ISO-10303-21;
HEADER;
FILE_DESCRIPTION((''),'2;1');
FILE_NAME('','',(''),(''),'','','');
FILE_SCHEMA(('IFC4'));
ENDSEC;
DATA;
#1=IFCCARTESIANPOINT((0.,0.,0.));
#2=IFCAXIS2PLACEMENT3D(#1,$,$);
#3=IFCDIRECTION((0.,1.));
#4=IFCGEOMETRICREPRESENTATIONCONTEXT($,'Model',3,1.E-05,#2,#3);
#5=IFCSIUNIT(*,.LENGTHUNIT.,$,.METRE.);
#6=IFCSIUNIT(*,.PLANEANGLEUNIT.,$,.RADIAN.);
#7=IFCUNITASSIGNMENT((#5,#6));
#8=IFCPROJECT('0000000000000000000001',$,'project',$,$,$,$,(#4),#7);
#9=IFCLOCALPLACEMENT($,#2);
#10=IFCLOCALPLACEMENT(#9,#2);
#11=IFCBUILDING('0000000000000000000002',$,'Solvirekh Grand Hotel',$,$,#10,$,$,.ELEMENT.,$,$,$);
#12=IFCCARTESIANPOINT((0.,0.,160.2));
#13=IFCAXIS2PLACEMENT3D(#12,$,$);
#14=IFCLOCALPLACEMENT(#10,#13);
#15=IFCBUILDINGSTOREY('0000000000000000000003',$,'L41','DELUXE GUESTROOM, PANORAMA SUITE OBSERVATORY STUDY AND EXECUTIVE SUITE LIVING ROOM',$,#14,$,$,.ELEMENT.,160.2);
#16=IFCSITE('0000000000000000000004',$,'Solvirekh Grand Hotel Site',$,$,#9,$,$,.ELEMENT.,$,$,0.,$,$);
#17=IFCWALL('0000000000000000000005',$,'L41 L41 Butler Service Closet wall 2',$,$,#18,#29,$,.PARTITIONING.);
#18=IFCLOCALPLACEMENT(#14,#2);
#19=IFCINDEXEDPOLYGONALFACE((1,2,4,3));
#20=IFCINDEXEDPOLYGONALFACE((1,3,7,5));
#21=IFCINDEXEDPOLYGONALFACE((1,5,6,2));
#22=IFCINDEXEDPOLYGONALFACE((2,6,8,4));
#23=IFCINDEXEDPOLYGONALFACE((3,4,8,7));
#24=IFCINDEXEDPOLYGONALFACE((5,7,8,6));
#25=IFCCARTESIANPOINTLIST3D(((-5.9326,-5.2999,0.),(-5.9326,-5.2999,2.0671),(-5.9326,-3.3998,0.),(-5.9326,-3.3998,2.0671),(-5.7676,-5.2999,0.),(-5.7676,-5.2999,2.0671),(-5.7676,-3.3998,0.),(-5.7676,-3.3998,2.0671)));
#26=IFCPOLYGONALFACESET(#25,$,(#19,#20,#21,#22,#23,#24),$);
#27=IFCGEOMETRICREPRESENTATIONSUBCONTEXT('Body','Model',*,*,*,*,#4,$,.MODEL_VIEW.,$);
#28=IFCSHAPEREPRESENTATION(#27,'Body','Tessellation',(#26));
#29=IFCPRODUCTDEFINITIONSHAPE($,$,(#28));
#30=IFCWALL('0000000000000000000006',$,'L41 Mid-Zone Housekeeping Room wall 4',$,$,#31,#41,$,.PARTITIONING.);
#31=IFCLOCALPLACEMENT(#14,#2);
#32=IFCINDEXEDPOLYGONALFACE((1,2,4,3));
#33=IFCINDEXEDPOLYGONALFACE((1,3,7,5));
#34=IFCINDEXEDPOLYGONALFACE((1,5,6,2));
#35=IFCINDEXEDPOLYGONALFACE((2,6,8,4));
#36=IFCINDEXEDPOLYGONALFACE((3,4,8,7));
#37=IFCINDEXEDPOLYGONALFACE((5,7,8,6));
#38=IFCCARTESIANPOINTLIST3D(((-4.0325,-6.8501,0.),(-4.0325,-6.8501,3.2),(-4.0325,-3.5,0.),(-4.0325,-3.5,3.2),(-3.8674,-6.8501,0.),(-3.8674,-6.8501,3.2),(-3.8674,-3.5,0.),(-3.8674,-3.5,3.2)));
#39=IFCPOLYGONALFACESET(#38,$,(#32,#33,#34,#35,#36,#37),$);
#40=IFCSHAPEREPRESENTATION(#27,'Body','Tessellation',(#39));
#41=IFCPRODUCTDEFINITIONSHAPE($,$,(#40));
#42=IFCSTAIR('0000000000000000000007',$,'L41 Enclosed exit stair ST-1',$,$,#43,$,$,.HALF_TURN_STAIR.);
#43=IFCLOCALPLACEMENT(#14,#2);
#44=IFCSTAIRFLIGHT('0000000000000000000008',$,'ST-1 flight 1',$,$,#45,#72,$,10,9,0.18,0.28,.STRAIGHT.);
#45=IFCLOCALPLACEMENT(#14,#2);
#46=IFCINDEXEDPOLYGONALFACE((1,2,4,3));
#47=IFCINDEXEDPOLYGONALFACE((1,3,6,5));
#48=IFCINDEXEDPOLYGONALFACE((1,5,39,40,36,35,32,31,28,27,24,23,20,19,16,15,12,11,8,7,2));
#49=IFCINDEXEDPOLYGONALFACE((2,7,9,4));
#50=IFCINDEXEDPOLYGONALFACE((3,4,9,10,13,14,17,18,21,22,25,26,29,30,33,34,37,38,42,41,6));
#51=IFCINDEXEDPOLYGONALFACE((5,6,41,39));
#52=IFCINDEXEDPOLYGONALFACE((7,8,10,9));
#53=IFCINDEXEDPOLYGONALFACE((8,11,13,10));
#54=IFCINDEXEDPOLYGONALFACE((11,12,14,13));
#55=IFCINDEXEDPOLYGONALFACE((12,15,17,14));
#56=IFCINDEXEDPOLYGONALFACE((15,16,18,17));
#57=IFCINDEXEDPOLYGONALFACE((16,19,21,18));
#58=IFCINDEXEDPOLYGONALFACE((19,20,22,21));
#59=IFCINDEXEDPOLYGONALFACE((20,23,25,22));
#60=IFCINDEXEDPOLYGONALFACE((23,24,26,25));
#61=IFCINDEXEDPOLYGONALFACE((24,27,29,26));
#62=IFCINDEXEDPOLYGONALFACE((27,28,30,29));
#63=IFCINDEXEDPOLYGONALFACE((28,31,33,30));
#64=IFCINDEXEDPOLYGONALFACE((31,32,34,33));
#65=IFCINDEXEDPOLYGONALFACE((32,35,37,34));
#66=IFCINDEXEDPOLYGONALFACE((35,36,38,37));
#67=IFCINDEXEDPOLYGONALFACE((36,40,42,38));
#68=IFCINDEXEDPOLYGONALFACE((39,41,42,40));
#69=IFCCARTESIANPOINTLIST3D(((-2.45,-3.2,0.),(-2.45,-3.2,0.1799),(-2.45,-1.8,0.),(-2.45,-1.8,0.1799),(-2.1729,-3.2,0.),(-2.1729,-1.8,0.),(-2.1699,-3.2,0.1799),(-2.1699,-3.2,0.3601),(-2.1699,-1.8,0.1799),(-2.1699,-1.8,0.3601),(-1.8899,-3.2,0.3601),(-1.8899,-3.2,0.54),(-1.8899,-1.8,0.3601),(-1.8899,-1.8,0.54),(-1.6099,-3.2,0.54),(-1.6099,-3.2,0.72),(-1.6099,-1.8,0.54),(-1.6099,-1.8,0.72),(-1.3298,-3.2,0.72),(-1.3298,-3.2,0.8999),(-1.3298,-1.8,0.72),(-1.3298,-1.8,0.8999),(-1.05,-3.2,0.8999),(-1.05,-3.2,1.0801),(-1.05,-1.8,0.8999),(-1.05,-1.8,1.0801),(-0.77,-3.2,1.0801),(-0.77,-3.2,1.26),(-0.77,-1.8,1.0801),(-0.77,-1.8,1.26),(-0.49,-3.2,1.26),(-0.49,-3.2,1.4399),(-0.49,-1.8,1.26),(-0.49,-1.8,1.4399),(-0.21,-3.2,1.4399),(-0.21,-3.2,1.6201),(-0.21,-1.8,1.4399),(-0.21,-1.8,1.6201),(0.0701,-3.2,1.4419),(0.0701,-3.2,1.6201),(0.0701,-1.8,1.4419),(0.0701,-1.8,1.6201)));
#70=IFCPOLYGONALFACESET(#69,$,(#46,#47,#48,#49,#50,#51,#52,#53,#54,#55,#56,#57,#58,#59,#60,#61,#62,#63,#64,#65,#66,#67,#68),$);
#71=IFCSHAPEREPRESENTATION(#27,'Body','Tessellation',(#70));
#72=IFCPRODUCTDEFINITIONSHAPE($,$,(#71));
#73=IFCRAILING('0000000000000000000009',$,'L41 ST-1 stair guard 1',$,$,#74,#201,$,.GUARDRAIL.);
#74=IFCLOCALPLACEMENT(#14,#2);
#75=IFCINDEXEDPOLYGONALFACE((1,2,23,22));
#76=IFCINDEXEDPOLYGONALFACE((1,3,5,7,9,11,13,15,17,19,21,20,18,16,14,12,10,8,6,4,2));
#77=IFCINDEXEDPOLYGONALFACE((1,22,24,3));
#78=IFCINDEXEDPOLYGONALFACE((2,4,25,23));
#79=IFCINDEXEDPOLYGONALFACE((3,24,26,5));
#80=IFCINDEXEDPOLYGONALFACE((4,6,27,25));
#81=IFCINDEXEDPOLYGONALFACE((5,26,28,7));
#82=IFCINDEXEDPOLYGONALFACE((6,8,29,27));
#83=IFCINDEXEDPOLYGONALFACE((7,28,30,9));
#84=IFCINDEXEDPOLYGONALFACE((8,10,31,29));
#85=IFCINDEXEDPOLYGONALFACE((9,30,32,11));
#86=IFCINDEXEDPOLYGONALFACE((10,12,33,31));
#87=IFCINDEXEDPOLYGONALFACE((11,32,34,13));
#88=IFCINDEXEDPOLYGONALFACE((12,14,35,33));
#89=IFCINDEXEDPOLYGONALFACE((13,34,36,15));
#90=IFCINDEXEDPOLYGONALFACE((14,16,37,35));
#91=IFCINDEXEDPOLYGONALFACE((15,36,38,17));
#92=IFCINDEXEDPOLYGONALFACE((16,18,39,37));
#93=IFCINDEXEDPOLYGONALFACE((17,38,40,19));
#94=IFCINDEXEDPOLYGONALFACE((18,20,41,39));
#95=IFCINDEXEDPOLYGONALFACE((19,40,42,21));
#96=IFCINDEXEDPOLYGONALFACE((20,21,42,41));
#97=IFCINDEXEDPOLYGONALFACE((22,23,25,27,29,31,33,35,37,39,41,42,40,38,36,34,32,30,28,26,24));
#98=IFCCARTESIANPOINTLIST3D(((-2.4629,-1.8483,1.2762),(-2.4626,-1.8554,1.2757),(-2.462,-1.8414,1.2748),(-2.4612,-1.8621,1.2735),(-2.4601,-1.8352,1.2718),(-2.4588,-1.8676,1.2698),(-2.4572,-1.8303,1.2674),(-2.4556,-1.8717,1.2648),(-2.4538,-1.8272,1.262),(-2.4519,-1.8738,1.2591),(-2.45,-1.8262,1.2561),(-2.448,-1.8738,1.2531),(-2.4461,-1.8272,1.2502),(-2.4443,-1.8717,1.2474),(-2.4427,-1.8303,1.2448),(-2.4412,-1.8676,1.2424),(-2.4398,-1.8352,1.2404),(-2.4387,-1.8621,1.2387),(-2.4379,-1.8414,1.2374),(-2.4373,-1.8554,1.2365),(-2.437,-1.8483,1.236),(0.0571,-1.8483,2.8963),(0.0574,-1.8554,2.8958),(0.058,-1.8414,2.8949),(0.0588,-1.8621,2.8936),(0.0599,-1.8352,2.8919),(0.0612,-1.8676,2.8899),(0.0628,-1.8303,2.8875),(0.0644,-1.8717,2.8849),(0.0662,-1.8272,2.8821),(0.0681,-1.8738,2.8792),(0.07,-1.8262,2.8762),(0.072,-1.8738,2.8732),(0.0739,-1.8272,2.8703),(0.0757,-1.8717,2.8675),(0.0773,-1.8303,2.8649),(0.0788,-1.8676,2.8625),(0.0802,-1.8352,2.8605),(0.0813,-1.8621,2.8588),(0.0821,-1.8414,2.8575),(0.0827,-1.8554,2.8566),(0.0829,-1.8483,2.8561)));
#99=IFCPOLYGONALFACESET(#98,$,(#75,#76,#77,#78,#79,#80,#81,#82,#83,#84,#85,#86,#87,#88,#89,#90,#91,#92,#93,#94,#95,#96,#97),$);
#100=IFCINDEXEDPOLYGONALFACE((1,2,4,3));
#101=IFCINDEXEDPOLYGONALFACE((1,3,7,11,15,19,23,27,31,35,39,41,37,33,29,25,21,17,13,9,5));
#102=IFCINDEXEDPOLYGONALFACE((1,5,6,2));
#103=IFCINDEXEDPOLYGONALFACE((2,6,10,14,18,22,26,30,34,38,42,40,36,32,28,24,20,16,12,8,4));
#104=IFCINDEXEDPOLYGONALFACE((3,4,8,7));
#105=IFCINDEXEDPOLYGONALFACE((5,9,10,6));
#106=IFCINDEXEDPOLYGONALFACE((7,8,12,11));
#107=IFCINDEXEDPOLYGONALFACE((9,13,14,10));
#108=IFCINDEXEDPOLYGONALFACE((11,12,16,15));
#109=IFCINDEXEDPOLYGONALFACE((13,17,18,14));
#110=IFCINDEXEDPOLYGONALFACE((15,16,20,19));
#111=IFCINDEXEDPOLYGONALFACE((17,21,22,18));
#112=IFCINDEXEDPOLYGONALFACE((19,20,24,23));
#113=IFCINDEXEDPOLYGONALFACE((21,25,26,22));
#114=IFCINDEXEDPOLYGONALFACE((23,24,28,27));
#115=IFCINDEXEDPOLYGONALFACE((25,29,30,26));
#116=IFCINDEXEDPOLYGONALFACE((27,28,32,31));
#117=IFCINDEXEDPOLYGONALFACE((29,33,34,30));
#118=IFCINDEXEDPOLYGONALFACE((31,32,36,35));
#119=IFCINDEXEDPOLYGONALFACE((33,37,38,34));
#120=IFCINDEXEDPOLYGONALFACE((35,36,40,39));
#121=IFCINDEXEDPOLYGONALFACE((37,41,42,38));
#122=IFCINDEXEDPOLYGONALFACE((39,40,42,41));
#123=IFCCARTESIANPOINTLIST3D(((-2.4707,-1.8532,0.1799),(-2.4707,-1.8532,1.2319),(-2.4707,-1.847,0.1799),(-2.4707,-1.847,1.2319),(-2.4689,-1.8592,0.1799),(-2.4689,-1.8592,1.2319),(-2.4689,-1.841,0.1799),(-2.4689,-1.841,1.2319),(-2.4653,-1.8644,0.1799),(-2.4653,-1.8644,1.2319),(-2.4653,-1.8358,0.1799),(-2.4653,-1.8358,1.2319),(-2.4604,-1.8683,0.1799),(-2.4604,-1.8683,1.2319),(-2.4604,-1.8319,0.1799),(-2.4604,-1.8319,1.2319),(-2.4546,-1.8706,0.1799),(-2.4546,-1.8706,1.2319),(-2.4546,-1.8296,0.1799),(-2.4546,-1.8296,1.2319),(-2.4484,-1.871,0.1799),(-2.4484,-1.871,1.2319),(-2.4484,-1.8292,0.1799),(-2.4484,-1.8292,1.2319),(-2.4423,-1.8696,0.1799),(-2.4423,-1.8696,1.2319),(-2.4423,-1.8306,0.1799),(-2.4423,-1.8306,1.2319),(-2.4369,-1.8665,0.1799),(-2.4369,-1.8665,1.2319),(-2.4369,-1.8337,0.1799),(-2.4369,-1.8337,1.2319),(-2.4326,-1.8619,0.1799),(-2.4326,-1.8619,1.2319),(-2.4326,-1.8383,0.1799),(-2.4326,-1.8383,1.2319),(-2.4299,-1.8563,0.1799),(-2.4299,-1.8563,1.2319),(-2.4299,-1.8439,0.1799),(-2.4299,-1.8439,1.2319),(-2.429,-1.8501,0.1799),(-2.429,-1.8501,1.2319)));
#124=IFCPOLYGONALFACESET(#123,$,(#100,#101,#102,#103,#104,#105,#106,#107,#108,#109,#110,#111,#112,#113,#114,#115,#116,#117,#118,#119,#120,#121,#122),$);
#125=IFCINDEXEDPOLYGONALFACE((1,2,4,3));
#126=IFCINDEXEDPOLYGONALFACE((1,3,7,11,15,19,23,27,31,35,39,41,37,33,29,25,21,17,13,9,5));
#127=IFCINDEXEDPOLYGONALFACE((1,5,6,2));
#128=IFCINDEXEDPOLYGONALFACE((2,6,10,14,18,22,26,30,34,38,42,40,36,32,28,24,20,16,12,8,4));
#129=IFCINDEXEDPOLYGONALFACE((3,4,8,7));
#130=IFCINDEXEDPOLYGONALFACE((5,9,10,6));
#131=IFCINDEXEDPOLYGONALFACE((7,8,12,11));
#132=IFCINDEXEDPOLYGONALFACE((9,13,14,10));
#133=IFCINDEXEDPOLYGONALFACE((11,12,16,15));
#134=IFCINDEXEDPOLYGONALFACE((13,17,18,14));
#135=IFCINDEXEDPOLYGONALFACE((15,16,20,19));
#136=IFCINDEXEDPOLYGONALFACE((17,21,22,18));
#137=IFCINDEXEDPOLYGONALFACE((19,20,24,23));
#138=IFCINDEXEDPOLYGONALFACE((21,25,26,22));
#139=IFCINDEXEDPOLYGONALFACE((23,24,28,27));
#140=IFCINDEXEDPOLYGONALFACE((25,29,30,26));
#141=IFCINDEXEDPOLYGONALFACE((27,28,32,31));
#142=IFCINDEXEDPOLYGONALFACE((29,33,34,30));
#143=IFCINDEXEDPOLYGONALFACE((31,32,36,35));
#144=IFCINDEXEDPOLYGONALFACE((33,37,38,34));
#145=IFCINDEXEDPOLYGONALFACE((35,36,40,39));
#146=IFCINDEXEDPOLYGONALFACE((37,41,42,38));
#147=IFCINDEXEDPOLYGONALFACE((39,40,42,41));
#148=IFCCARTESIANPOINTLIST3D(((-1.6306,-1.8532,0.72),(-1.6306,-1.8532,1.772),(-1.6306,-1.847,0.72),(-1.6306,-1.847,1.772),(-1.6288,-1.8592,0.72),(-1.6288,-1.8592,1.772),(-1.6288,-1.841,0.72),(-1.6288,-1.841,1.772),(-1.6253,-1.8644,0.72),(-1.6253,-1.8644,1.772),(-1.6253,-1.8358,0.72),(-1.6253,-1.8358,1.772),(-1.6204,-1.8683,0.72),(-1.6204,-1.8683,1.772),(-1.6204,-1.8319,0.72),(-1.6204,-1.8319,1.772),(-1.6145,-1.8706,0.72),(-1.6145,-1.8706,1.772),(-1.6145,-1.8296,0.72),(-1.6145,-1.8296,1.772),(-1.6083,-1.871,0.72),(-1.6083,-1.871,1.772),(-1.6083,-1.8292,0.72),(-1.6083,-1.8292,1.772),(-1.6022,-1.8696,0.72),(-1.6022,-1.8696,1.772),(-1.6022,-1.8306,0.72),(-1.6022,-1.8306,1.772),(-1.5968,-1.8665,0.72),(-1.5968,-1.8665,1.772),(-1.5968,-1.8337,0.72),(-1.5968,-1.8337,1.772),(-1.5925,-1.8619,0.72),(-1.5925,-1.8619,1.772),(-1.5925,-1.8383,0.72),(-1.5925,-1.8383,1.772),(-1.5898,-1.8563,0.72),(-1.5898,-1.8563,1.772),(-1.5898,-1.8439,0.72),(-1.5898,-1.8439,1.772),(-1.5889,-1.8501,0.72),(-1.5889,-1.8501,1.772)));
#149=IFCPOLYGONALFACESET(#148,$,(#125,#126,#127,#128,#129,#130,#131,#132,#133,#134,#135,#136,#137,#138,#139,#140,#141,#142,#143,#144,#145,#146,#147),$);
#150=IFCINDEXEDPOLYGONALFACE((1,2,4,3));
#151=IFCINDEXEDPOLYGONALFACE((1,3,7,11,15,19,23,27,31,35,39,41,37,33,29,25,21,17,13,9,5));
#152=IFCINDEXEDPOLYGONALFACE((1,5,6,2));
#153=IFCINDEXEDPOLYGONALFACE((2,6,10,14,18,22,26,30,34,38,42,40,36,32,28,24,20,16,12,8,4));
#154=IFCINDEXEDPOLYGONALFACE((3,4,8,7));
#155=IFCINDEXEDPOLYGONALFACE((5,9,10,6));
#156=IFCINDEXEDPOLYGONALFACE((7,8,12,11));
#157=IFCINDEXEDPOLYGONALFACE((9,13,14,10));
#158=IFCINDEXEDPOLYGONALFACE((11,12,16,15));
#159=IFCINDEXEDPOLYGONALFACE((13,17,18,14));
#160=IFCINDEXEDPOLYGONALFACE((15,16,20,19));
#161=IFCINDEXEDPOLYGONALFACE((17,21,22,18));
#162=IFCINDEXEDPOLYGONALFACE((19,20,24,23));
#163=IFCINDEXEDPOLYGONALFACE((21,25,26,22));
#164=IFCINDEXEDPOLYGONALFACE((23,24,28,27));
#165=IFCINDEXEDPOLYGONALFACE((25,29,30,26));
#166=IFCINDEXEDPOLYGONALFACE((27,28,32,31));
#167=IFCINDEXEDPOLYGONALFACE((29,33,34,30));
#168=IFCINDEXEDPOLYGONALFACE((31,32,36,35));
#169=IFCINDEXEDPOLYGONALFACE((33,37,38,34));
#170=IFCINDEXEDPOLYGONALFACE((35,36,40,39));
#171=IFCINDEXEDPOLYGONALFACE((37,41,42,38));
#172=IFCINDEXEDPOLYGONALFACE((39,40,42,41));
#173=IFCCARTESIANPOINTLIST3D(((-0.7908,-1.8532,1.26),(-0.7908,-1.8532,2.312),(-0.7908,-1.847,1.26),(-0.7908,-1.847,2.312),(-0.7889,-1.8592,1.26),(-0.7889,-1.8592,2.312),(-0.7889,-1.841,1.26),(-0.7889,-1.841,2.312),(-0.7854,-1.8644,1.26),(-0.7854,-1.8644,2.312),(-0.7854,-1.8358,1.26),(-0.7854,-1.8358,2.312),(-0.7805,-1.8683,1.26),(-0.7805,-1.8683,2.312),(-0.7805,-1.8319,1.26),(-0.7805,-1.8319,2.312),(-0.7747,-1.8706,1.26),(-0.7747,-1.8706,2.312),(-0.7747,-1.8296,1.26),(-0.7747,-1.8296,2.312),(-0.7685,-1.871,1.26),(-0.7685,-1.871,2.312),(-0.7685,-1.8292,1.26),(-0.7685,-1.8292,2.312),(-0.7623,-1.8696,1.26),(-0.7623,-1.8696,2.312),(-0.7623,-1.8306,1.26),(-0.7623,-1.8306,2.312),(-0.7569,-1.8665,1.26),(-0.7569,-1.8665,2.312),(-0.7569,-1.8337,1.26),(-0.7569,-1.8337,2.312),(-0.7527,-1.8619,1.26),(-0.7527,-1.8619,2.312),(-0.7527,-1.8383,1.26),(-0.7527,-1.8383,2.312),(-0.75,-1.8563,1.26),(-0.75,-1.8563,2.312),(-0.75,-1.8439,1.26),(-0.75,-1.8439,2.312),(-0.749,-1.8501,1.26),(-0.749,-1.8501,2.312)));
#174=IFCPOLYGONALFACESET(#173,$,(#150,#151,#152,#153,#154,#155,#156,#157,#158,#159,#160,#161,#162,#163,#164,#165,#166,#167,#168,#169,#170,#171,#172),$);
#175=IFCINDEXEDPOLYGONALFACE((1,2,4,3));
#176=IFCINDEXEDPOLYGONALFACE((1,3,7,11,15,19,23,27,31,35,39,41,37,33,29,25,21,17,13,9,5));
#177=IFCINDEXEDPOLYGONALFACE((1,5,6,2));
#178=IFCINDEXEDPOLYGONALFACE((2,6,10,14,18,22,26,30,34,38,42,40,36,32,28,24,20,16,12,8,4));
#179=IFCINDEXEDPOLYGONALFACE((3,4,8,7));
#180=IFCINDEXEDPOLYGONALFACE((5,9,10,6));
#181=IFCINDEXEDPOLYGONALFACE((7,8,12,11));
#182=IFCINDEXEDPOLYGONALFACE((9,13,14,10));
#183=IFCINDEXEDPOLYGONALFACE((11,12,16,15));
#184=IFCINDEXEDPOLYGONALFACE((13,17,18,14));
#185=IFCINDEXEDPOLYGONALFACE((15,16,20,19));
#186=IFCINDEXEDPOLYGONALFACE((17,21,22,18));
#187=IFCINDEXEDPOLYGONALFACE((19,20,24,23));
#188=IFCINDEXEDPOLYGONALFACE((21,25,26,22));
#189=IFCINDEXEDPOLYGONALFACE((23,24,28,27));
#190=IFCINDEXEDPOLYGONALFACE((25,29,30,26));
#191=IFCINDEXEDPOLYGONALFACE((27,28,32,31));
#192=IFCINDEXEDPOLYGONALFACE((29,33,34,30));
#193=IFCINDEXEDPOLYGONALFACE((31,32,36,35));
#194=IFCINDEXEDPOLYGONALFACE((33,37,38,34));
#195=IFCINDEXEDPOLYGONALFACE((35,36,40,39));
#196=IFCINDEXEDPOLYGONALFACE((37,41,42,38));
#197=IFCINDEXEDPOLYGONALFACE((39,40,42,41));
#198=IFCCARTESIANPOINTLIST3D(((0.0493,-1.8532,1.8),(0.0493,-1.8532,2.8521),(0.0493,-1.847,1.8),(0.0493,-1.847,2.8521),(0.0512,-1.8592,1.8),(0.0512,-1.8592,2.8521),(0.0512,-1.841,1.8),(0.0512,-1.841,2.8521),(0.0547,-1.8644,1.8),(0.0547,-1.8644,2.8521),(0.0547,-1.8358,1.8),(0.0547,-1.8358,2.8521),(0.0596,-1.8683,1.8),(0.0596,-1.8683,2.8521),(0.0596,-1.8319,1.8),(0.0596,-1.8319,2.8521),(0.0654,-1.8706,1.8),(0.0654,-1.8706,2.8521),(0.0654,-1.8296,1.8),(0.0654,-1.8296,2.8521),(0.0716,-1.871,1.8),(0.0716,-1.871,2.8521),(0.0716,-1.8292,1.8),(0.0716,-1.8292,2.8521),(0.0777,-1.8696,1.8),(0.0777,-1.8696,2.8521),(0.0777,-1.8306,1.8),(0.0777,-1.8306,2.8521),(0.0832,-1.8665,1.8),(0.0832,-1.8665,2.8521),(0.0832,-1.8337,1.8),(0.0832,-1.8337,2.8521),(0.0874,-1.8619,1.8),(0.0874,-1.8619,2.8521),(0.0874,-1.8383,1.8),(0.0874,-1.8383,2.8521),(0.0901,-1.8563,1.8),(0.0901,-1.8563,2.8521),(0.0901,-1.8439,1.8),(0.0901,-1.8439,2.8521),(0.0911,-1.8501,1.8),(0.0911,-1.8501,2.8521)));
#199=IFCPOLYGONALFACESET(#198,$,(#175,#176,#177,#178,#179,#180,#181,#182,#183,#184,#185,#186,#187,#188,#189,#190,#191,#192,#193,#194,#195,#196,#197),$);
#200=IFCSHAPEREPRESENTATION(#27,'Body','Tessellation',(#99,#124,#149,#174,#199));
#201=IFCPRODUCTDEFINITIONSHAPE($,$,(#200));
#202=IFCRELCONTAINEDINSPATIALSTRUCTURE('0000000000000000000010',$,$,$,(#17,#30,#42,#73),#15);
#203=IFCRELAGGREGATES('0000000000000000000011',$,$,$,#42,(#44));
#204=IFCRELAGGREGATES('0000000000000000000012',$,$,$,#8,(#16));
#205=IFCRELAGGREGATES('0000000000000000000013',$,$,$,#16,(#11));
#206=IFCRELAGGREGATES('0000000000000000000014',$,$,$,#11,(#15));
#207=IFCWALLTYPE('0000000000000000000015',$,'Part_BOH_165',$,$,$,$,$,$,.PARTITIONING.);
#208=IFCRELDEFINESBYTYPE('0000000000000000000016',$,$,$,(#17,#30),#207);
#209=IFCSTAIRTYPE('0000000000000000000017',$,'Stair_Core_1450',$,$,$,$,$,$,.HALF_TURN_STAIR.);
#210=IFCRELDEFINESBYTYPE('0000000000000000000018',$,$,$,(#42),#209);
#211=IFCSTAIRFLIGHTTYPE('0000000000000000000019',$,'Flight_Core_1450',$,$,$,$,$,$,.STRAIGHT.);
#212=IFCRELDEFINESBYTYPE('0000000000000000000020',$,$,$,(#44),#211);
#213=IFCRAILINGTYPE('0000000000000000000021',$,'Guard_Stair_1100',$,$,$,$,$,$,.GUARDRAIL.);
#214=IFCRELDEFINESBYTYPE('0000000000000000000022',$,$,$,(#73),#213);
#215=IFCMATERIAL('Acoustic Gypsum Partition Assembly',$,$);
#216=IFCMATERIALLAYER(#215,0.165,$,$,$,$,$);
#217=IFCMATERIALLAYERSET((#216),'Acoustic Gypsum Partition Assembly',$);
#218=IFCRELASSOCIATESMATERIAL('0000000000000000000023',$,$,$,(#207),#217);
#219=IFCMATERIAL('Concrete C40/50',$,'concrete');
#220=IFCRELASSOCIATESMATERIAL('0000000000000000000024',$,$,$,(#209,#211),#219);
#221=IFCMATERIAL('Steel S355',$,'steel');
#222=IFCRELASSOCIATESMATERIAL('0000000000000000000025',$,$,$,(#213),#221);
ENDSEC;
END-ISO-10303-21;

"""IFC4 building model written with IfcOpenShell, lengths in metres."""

from ifc_helpers import new_model, si_unit, direction, frame, frame_2d, origin, origin_2d, place, context, subcontext, project, spatial, polyline, rectangle, circle, outline, extrude, material, layer, layer_set, type_object, element, aggregate, save


model = new_model("IFC4")

# Units and contexts
model_context = context("Model", 3, precision=1e-05, world=origin(), true_north=direction((0.0, 1.0)))
body_context = subcontext(model_context, "Body", "Model", "MODEL_VIEW")
ifc_project = project(units=[si_unit("LENGTHUNIT", "METRE"), si_unit("PLANEANGLEUNIT", "RADIAN")], contexts=[model_context])

# Site, building, storey
site_placement = place(None, origin())
site = spatial("IfcSite", under=ifc_project, at=site_placement, Name="Solvirekh Grand Hotel Site", CompositionType="ELEMENT", RefElevation=0.0)
building_placement = place(site_placement, origin())
building = spatial("IfcBuilding", under=site, at=building_placement, Name="Solvirekh Grand Hotel", CompositionType="ELEMENT")
storey_placement = place(building_placement, frame((0.0, 0.0, 160.2)))
storey = spatial("IfcBuildingStorey", under=building, at=storey_placement, Name="L41", Description="DELUXE GUESTROOM, PANORAMA SUITE OBSERVATORY STUDY AND EXECUTIVE SUITE LIVING ROOM", CompositionType="ELEMENT", Elevation=160.2)

# Shared definitions
ifc_material_1 = material(Name="Concrete C40/50", Category="concrete")

# Walls
ifc_material_2 = material(Name="Acoustic Gypsum Partition Assembly")
ifc_layer_1 = layer(ifc_material_2, 0.165)
ifc_layer_set_1 = layer_set([ifc_layer_1], Name="Acoustic Gypsum Partition Assembly")
wall_type_1 = type_object("IfcWallType", Name="Part_BOH_165", PredefinedType="PARTITIONING", material=ifc_layer_set_1)
wall_1_placement = place(storey_placement, frame((-5.8501, -5.3, 0.0), z_axis=(0.0, 0.0, 1.0), x_axis=(0.0, 1.0, 0.0)))
element("IfcWall", 1, at=wall_1_placement, inside=storey, type_object=wall_type_1, Name="L41 L41 Butler Service Closet wall 2", PredefinedType="PARTITIONING", context=body_context, shape_type="SweptSolid", body=[
    extrude(rectangle(XDim=1.9001, YDim=0.165, at=frame_2d((0.9502, 0.0))), origin(), (0.0, 0.0, 1.0), 2.0671),
])
wall_2_placement = place(storey_placement, frame((-3.95, -3.5, 0.0), z_axis=(0.0, 0.0, 1.0), x_axis=(0.0, -1.0, 0.0)))
element("IfcWall", 2, at=wall_2_placement, inside=storey, type_object=wall_type_1, Name="L41 Mid-Zone Housekeeping Room wall 4", PredefinedType="PARTITIONING", context=body_context, shape_type="SweptSolid", body=[
    extrude(rectangle(XDim=3.3501, YDim=0.165, at=frame_2d((1.675, 0.0))), origin(), (0.0, 0.0, 1.0), 3.2),
])

# Stair, stair flight
stair_type = type_object("IfcStairType", Name="Stair_Core_1450", PredefinedType="HALF_TURN_STAIR", material=ifc_material_1)
stair_placement = place(storey_placement, origin())
stair = element("IfcStair", 3, at=stair_placement, inside=storey, type_object=stair_type, Name="L41 Enclosed exit stair ST-1", PredefinedType="HALF_TURN_STAIR")
stair_flight_type = type_object("IfcStairFlightType", Name="Flight_Core_1450", PredefinedType="STRAIGHT", material=ifc_material_1)
stair_flight_placement = place(storey_placement, frame((-2.45, -2.5, 0.0), z_axis=(0.0, 0.0, 1.0), x_axis=(1.0, 0.0, 0.0)))
stair_flight = element("IfcStairFlight", 4, at=stair_flight_placement, type_object=stair_flight_type, Name="ST-1 flight 1", NumberOfRisers=10, NumberOfTreads=9, PredefinedType="STRAIGHT", RiserHeight=0.18, TreadLength=0.28, context=body_context, shape_type="SweptSolid", body=[
    extrude(outline(polyline([(0.0, 0.0), (0.0, 0.1799), (0.28, 0.1799), (0.28, 0.3601), (0.5601, 0.3601), (0.5601, 0.54), (0.8401, 0.54), (0.8401, 0.72), (1.1201, 0.72), (1.1201, 0.8999), (1.3999, 0.8999), (1.3999, 1.0801), (1.6799, 1.0801), (1.6799, 1.26), (1.96, 1.26), (1.96, 1.4399), (2.24, 1.4399), (2.24, 1.6201), (2.52, 1.6201), (2.52, 1.8), (2.52, 1.4419), (0.2771, 0.0), (0.0, 0.0)])), frame((0.0, 0.7, 0.0), z_axis=(0.0, -1.0, 0.0), x_axis=(1.0, 0.0, 0.0)), (0.0, 0.0, 1.0), 1.3999),
])
aggregate(stair, [stair_flight])

# Railing
ifc_material_3 = material(Name="Steel S355", Category="steel")
railing_type_1 = type_object("IfcRailingType", Name="Guard_Stair_1100", PredefinedType="GUARDRAIL", material=ifc_material_3)
railing_1_placement = place(storey_placement, frame((-2.45, -1.8501, 0.1799)))
element("IfcRailing", 5, at=railing_1_placement, inside=storey, type_object=railing_type_1, Name="L41 ST-1 stair guard 1", PredefinedType="GUARDRAIL", context=body_context, shape_type="SweptSolid", body=[
    extrude(circle(Radius=0.0239, at=origin_2d()), frame((0.0, 0.0, 1.0762), z_axis=(0.841163, 0.0, 0.540782), x_axis=(0.0, 1.0, 0.0)), (0.0, 0.0, 1.0), 2.9958),
    extrude(circle(Radius=0.021, at=origin_2d()), origin(), (0.0, 0.0, 1.0), 1.052),
    extrude(circle(Radius=0.021, at=origin_2d()), frame((0.8401, 0.0, 0.54)), (0.0, 0.0, 1.0), 1.052),
    extrude(circle(Radius=0.021, at=origin_2d()), frame((1.6799, 0.0, 1.0801)), (0.0, 0.0, 1.0), 1.052),
    extrude(circle(Radius=0.021, at=origin_2d()), frame((2.52, 0.0, 1.6201)), (0.0, 0.0, 1.0), 1.052),
])

save(model, "model.ifc")
